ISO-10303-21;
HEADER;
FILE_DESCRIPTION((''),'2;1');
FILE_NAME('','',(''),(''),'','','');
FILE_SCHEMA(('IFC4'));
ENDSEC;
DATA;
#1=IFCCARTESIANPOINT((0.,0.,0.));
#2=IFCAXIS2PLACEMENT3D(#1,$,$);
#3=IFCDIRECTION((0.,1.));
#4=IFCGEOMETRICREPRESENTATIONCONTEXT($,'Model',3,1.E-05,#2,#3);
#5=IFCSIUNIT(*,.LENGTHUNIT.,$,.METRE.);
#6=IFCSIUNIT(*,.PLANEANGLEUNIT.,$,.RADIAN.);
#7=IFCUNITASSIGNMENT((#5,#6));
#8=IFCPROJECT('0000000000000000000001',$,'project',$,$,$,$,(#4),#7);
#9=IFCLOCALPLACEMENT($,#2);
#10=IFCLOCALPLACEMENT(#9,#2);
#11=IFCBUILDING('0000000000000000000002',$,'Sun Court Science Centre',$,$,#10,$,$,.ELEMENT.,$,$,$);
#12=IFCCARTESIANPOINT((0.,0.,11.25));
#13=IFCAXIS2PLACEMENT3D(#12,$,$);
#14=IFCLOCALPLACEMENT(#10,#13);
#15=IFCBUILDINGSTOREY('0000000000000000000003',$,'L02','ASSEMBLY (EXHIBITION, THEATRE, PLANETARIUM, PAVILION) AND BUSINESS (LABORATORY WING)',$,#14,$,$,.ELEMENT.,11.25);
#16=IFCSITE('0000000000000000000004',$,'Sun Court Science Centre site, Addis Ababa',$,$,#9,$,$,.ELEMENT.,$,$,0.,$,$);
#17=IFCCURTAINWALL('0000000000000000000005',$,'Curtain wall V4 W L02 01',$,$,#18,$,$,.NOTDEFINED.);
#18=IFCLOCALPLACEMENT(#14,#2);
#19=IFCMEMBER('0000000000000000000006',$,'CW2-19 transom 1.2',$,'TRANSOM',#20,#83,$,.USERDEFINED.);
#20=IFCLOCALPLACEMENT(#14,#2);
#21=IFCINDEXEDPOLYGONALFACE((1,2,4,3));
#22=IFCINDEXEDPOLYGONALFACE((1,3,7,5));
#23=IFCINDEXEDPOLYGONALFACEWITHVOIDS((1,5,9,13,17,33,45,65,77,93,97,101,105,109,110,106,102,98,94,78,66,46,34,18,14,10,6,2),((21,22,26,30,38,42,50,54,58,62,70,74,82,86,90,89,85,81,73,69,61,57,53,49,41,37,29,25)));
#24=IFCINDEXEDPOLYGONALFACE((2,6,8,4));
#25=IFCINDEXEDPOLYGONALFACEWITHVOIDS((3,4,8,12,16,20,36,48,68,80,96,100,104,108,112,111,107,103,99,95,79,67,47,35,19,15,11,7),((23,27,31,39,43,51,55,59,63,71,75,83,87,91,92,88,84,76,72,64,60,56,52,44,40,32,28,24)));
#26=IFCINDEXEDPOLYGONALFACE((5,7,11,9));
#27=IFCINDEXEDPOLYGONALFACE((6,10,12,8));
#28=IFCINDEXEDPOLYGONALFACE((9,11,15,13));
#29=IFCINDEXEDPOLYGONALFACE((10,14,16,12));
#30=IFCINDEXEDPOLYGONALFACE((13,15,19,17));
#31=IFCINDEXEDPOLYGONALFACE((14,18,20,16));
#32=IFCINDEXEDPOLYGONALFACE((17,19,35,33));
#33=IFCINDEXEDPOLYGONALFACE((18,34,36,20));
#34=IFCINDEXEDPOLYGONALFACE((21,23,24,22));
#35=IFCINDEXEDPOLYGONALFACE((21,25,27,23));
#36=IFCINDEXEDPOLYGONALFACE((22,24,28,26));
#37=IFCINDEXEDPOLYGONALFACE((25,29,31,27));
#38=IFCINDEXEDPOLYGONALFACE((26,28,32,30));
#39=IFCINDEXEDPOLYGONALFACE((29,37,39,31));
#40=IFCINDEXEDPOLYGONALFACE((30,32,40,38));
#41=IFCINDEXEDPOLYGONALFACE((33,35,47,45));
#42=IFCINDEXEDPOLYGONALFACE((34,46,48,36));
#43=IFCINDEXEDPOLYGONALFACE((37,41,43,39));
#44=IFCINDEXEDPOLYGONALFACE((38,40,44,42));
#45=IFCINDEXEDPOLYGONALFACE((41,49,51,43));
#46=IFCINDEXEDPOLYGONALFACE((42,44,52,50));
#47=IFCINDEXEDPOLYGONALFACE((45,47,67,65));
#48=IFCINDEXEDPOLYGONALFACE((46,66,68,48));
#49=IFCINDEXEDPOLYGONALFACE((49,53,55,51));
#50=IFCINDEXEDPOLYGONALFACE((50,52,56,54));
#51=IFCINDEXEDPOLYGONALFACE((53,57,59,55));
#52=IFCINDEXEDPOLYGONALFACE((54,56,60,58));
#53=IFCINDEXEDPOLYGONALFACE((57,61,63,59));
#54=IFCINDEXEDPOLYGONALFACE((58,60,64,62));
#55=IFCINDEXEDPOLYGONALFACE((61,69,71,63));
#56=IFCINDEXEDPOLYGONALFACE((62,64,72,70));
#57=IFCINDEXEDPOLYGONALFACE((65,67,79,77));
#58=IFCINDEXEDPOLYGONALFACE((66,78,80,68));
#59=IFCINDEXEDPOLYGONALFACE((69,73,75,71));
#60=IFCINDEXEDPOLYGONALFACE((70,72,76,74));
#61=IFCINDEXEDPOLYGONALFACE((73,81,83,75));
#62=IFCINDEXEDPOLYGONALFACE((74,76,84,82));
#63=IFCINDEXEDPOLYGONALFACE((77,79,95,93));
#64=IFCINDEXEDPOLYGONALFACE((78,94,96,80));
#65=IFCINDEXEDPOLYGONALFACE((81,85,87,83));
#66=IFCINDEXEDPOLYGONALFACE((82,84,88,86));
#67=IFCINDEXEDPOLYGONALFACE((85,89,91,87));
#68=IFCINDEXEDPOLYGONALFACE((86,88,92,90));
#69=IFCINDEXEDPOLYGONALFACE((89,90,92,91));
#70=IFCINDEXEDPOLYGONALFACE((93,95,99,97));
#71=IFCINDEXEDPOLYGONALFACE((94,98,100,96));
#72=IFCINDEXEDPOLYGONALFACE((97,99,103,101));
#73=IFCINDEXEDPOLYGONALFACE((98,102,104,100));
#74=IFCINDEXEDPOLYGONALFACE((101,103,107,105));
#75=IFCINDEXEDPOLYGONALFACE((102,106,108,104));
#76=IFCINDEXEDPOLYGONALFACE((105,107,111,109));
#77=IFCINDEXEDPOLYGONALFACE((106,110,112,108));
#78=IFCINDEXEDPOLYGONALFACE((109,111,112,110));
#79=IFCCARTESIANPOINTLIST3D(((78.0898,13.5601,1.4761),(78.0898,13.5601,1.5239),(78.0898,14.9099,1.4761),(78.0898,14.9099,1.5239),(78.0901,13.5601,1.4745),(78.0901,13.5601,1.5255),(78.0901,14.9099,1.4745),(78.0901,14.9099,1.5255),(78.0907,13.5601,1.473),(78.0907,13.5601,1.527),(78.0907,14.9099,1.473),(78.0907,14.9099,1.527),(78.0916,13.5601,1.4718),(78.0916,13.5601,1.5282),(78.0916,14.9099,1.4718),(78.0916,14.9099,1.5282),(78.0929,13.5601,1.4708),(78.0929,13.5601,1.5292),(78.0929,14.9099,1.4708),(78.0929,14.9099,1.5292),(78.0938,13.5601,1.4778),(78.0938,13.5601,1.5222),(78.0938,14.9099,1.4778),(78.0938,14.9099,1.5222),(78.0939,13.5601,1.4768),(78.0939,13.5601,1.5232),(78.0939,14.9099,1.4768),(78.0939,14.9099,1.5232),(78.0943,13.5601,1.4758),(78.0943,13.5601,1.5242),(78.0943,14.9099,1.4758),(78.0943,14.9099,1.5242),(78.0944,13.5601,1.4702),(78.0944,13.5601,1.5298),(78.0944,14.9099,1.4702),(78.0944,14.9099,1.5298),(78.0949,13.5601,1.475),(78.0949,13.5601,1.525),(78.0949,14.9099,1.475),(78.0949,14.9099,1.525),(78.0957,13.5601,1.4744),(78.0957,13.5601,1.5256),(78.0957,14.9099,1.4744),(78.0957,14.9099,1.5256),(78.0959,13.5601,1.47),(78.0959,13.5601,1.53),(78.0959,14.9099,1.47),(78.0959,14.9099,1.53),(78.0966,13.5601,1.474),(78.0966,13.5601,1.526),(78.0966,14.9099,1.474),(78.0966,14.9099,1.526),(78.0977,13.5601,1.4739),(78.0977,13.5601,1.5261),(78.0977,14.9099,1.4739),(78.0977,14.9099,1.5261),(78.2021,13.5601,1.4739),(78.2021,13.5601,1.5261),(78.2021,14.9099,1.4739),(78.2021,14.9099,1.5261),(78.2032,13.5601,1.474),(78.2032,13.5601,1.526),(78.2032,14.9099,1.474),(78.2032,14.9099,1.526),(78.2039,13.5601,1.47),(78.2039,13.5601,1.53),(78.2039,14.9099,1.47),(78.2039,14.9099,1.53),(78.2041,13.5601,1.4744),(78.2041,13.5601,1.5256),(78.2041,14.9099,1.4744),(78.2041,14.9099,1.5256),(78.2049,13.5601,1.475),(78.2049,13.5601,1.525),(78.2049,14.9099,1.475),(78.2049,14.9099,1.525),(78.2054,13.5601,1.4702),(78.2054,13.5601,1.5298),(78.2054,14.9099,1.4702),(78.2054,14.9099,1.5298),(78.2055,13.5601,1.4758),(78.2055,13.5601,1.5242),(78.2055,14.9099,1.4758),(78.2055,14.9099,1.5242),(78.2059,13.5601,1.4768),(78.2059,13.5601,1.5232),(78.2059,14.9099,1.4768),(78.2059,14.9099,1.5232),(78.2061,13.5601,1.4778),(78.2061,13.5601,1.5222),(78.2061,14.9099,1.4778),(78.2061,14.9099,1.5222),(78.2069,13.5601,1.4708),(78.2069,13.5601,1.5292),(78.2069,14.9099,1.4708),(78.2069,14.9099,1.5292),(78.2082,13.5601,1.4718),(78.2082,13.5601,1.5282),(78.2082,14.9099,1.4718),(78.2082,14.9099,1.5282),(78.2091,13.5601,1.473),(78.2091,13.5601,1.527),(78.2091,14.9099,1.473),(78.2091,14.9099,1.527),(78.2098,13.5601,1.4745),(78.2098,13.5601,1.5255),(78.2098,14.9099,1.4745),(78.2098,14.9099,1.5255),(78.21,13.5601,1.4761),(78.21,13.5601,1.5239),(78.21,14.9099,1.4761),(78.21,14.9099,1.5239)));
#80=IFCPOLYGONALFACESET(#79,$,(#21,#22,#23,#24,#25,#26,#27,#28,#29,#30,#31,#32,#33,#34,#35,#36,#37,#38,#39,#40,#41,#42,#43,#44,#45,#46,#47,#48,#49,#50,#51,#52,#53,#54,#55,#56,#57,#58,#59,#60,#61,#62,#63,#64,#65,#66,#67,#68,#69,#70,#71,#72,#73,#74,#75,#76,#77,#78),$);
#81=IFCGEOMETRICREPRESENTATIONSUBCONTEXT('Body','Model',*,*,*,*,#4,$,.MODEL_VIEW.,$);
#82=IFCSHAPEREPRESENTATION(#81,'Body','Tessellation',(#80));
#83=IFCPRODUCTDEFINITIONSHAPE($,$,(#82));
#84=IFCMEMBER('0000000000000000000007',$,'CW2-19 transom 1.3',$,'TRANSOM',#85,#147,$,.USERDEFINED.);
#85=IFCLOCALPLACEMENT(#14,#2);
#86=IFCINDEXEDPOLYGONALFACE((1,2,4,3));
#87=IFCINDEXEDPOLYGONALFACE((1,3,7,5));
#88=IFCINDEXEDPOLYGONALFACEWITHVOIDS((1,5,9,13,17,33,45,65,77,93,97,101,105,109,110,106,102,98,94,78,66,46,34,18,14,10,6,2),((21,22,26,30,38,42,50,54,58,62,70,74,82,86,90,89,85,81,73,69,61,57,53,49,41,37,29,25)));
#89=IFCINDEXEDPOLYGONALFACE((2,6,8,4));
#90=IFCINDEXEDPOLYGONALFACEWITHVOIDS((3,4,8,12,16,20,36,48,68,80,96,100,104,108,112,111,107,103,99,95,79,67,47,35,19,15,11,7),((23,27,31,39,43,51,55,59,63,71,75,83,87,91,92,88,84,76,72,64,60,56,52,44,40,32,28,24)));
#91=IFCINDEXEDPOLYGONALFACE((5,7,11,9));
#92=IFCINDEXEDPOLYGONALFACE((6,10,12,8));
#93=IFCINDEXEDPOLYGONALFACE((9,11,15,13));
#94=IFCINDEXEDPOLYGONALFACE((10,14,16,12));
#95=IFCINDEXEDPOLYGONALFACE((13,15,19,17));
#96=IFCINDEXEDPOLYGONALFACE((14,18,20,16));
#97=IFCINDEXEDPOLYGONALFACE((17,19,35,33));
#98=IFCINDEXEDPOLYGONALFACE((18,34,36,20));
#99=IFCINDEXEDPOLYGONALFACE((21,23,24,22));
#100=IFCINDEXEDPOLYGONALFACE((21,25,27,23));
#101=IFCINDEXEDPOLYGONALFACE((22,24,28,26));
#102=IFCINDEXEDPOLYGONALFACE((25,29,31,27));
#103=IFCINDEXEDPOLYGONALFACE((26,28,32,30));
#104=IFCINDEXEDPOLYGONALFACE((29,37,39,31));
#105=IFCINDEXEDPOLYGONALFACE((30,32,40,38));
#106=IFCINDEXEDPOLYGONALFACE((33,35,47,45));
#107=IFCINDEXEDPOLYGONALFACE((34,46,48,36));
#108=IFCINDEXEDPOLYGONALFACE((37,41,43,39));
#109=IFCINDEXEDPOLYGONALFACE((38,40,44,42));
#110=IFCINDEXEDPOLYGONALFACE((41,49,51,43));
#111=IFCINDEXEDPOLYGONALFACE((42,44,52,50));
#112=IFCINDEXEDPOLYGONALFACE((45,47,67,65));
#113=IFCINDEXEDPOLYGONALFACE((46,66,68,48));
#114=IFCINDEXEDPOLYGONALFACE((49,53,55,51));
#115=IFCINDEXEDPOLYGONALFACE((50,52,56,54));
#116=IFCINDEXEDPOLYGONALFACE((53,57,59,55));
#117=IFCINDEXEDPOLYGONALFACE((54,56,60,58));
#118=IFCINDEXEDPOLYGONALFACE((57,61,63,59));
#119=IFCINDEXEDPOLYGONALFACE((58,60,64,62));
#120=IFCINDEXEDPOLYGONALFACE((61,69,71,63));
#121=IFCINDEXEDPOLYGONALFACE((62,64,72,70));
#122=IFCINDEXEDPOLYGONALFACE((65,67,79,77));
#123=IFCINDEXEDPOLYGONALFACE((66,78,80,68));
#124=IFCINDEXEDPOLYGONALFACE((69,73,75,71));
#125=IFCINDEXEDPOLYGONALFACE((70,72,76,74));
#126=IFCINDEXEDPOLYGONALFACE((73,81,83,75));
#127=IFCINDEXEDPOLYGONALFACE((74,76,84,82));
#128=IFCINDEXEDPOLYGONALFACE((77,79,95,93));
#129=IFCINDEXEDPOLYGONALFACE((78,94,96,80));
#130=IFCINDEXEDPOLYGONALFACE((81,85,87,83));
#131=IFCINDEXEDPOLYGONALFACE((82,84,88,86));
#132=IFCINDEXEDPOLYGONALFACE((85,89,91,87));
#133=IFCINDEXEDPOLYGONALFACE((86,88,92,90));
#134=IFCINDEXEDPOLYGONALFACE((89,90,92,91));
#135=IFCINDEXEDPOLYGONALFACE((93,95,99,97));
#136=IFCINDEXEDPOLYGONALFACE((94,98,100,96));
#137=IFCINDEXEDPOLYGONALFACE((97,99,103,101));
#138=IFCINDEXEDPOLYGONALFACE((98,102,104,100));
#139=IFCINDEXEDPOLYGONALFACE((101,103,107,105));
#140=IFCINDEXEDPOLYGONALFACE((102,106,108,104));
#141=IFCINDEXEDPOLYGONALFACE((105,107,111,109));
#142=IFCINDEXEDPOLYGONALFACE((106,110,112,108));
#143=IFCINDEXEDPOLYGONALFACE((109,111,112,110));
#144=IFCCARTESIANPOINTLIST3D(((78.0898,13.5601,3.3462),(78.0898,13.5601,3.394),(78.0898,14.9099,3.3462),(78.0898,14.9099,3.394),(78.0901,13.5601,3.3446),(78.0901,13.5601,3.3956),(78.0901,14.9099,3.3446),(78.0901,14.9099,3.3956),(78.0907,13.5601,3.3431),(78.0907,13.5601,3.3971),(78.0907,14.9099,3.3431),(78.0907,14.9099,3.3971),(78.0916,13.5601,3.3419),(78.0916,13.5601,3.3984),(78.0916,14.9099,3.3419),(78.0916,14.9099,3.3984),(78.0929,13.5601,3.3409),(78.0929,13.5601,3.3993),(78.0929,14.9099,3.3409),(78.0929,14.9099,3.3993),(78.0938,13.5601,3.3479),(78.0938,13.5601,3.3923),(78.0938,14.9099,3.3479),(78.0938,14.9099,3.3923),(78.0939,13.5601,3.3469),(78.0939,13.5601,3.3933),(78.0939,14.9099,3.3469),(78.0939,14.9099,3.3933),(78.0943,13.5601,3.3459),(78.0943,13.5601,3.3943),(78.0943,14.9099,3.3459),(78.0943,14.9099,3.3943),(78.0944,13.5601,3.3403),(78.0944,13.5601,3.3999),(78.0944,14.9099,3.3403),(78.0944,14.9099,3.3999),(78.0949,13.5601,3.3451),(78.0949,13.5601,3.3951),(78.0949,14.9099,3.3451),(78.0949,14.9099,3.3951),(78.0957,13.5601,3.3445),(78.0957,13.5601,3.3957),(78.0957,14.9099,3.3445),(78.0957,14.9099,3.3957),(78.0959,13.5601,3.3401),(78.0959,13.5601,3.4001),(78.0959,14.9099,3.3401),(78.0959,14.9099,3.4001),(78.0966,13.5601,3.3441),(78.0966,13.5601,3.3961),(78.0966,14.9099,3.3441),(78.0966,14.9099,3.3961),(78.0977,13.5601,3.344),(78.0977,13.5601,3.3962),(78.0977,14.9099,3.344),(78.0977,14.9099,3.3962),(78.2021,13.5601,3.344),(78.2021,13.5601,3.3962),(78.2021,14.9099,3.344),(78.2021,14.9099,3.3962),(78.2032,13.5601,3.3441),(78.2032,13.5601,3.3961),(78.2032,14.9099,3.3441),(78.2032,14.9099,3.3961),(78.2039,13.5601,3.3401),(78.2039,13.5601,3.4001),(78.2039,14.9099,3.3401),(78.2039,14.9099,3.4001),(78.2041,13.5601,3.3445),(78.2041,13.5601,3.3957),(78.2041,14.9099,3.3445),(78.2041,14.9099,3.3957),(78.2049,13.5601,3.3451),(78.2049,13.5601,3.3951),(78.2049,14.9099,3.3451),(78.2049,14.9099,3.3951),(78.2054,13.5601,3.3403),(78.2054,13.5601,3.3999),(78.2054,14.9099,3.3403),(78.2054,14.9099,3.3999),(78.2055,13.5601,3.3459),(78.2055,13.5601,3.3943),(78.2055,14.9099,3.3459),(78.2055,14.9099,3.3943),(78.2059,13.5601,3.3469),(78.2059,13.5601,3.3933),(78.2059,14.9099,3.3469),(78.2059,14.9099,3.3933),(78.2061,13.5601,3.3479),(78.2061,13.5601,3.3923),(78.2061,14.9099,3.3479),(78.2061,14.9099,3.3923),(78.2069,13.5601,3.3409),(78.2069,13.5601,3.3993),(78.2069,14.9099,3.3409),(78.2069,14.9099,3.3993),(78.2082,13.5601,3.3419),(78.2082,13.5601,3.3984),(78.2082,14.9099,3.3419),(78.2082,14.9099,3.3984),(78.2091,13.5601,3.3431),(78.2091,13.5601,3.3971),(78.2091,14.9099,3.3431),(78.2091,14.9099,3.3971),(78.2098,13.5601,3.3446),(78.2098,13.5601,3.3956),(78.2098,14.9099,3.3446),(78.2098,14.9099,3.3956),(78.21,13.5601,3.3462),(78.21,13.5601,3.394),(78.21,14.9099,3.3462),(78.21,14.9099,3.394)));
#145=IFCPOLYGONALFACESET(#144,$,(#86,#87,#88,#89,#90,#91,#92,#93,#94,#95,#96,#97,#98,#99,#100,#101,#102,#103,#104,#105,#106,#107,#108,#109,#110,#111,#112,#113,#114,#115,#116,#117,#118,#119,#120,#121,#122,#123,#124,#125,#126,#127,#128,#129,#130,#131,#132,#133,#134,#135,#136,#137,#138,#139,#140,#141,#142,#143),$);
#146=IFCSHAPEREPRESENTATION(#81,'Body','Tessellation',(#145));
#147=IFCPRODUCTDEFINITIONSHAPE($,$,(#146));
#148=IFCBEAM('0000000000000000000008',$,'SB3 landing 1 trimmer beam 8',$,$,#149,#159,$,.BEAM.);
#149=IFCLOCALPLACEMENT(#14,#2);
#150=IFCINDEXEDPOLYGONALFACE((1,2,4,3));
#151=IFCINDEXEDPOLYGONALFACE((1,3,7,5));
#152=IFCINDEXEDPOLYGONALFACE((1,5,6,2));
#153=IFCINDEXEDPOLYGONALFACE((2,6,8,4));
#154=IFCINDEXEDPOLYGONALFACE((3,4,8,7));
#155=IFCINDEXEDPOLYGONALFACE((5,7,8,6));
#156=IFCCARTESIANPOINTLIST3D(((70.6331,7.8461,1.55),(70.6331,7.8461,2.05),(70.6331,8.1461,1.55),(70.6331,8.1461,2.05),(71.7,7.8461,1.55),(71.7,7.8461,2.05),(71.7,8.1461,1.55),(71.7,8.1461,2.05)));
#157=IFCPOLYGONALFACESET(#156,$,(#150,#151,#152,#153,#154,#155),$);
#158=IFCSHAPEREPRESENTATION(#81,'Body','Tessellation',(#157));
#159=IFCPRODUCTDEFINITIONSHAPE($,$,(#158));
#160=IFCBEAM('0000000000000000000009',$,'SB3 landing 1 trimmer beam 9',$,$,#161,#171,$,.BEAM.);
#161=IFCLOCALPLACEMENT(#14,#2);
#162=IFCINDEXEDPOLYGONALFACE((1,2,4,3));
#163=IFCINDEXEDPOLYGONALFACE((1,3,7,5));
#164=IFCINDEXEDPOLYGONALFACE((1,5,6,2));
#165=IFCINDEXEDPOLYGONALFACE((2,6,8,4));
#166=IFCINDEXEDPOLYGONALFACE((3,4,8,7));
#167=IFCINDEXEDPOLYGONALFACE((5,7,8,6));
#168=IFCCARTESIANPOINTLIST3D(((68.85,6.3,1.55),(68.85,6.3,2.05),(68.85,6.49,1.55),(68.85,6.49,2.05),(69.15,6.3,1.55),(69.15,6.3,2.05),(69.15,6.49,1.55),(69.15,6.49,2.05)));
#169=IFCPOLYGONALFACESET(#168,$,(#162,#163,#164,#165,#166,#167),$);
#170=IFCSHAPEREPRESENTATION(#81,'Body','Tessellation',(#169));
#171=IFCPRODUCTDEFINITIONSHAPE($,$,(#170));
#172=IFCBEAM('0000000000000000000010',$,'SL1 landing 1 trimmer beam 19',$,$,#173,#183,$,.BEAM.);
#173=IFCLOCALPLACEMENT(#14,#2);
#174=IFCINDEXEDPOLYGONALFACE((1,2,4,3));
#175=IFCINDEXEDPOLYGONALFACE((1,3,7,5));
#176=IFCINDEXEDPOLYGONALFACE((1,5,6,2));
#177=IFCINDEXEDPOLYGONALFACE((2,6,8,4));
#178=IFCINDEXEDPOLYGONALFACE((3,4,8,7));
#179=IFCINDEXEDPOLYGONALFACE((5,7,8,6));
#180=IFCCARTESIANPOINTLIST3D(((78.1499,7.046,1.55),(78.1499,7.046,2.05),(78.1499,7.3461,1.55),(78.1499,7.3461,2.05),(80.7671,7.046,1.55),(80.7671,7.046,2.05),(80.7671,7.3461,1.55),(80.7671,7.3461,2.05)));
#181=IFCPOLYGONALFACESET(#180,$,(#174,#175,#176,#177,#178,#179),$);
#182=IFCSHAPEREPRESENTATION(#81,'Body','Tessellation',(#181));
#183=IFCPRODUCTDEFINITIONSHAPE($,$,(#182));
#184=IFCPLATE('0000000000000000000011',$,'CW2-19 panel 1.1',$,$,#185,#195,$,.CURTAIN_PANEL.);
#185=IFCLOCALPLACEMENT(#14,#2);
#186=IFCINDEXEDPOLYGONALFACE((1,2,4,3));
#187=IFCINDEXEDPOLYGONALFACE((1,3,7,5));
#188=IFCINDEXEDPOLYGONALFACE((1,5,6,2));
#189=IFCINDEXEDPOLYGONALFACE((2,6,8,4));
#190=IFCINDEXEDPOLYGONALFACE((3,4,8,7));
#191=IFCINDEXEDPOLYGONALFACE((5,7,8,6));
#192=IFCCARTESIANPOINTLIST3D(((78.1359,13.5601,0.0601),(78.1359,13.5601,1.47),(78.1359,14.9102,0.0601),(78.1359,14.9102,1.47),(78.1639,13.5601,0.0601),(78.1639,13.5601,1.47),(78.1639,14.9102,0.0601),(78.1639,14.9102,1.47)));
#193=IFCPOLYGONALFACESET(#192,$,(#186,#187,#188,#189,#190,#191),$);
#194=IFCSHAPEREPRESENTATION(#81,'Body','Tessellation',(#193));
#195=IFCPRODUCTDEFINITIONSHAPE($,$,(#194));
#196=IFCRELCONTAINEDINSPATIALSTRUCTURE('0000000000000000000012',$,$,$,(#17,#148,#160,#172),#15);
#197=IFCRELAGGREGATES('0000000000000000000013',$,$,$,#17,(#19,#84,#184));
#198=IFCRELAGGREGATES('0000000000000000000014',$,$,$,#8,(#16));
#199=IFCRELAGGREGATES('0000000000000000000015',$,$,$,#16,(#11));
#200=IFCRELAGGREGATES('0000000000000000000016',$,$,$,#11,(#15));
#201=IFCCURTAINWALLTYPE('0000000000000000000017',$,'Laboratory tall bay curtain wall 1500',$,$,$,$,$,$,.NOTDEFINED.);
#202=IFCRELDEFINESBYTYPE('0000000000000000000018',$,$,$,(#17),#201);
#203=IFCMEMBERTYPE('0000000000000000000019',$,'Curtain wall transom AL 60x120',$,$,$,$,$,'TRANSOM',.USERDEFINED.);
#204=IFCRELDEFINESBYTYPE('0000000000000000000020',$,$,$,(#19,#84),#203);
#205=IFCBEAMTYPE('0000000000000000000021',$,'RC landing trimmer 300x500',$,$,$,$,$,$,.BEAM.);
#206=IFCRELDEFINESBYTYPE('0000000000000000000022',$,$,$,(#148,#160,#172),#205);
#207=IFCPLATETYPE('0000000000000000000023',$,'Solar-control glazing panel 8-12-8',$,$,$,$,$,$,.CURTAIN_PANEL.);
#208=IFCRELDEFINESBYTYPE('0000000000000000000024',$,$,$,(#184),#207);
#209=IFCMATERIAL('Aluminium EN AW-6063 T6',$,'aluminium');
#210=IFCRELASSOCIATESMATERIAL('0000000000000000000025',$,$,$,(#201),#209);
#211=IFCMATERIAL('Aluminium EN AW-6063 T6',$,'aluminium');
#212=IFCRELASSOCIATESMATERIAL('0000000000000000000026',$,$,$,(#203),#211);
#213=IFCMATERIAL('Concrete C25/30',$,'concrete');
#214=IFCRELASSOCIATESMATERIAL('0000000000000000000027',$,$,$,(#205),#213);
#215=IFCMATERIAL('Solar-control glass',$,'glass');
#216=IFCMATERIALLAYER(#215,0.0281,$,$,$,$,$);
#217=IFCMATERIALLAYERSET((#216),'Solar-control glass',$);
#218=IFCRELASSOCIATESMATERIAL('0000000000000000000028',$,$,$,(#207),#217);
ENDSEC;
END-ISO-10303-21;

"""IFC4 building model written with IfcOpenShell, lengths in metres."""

from ifc_helpers import new_model, si_unit, direction, frame, origin, origin_2d, place, context, subcontext, project, spatial, rectangle, hollow_rectangle, extrude, material, layer, layer_set, material_profile, profile_set, type_object, element, aggregate, save


model = new_model("IFC4")

# Units and contexts
model_context = context("Model", 3, precision=1e-05, world=origin(), true_north=direction((0.0, 1.0)))
body_context = subcontext(model_context, "Body", "Model", "MODEL_VIEW")
ifc_project = project(units=[si_unit("LENGTHUNIT", "METRE"), si_unit("PLANEANGLEUNIT", "RADIAN")], contexts=[model_context])

# Site, building, storey
site_placement = place(None, origin())
site = spatial("IfcSite", under=ifc_project, at=site_placement, Name="Sun Court Science Centre site, Addis Ababa", CompositionType="ELEMENT", RefElevation=0.0)
building_placement = place(site_placement, origin())
building = spatial("IfcBuilding", under=site, at=building_placement, Name="Sun Court Science Centre", CompositionType="ELEMENT")
storey_placement = place(building_placement, frame((0.0, 0.0, 11.25)))
storey = spatial("IfcBuildingStorey", under=building, at=storey_placement, Name="L02", Description="ASSEMBLY (EXHIBITION, THEATRE, PLANETARIUM, PAVILION) AND BUSINESS (LABORATORY WING)", CompositionType="ELEMENT", Elevation=11.25)

# Curtain wall, members
ifc_material_1 = material(Name="Aluminium EN AW-6063 T6", Category="aluminium")
curtain_wall_type = type_object("IfcCurtainWallType", Name="Laboratory tall bay curtain wall 1500", PredefinedType="NOTDEFINED", material=ifc_material_1)
curtain_wall_placement = place(storey_placement, origin())
curtain_wall = element("IfcCurtainWall", 1, at=curtain_wall_placement, inside=storey, type_object=curtain_wall_type, Name="Curtain wall V4 W L02 01", PredefinedType="NOTDEFINED")
ifc_material_2 = material(Name="Aluminium EN AW-6063 T6", Category="aluminium")
ifc_material_profile_1 = material_profile(ifc_material_2, hollow_rectangle(XDim=0.0601, YDim=0.1201, WallThickness=0.0039, InnerFilletRadius=0.0039, OuterFilletRadius=0.0061, at=origin_2d()), Name="AL 60x120x4")
ifc_profile_set_1 = profile_set([ifc_material_profile_1], Name="Aluminium EN AW-6063 T6")
member_type_1 = type_object("IfcMemberType", Name="Curtain wall transom AL 60x120", ElementType="TRANSOM", PredefinedType="USERDEFINED", material=ifc_profile_set_1)
member_1_placement = place(storey_placement, frame((78.1499, 13.5601, 1.5), z_axis=(0.0, 1.0, 0.0), x_axis=(0.0, 0.0, 1.0)))
member_1 = element("IfcMember", 2, at=member_1_placement, type_object=member_type_1, Name="CW2-19 transom 1.2", ObjectType="TRANSOM", PredefinedType="USERDEFINED", context=body_context, shape_type="SweptSolid", body=[
    extrude(hollow_rectangle(XDim=0.0601, YDim=0.1201, WallThickness=0.0039, InnerFilletRadius=0.0039, OuterFilletRadius=0.0061, at=origin_2d()), origin(), (0.0, 0.0, 1.0), 1.3499),
])
member_2_placement = place(storey_placement, frame((78.1499, 13.5601, 3.3701), z_axis=(0.0, 1.0, 0.0), x_axis=(0.0, 0.0, 1.0)))
member_2 = element("IfcMember", 3, at=member_2_placement, type_object=member_type_1, Name="CW2-19 transom 1.3", ObjectType="TRANSOM", PredefinedType="USERDEFINED", context=body_context, shape_type="SweptSolid", body=[
    extrude(hollow_rectangle(XDim=0.0601, YDim=0.1201, WallThickness=0.0039, InnerFilletRadius=0.0039, OuterFilletRadius=0.0061, at=origin_2d()), origin(), (0.0, 0.0, 1.0), 1.3499),
])

# Beams
ifc_material_3 = material(Name="Concrete C25/30", Category="concrete")
ifc_material_profile_2 = material_profile(ifc_material_3, rectangle(XDim=0.3, YDim=0.5, at=origin_2d()), Name="RC 300x500")
ifc_profile_set_2 = profile_set([ifc_material_profile_2], Name="Concrete C25/30")
beam_type = type_object("IfcBeamType", Name="RC landing trimmer 300x500", PredefinedType="BEAM", material=ifc_profile_set_2)
beam_1_placement = place(storey_placement, frame((71.7, 7.9961, 1.8), z_axis=(-1.0, 0.0, 0.0), x_axis=(0.0, -1.0, 0.0)))
element("IfcBeam", 4, at=beam_1_placement, inside=storey, type_object=beam_type, Name="SB3 landing 1 trimmer beam 8", PredefinedType="BEAM", context=body_context, shape_type="SweptSolid", body=[
    extrude(rectangle(XDim=0.3, YDim=0.5, at=origin_2d()), origin(), (0.0, 0.0, 1.0), 1.0669),
])
beam_2_placement = place(storey_placement, frame((69.0, 6.3, 1.8), z_axis=(0.0, 1.0, 0.0), x_axis=(-1.0, 0.0, 0.0)))
element("IfcBeam", 5, at=beam_2_placement, inside=storey, type_object=beam_type, Name="SB3 landing 1 trimmer beam 9", PredefinedType="BEAM", context=body_context, shape_type="SweptSolid", body=[
    extrude(rectangle(XDim=0.3, YDim=0.5, at=origin_2d()), origin(), (0.0, 0.0, 1.0), 0.1899),
])
beam_3_placement = place(storey_placement, frame((78.1499, 7.196, 1.8), z_axis=(1.0, 0.0, 0.0), x_axis=(0.0, 1.0, 0.0)))
element("IfcBeam", 6, at=beam_3_placement, inside=storey, type_object=beam_type, Name="SL1 landing 1 trimmer beam 19", PredefinedType="BEAM", context=body_context, shape_type="SweptSolid", body=[
    extrude(rectangle(XDim=0.3, YDim=0.5, at=origin_2d()), origin(), (0.0, 0.0, 1.0), 2.6172),
])

# Plate
ifc_material_4 = material(Name="Solar-control glass", Category="glass")
ifc_layer_1 = layer(ifc_material_4, 0.0281)
ifc_layer_set_1 = layer_set([ifc_layer_1], Name="Solar-control glass")
plate_type = type_object("IfcPlateType", Name="Solar-control glazing panel 8-12-8", PredefinedType="CURTAIN_PANEL", material=ifc_layer_set_1)
plate_1_placement = place(storey_placement, frame((78.1499, 14.2351, 0.0601), z_axis=(0.0, 0.0, 1.0), x_axis=(0.0, 1.0, 0.0)))
plate_1 = element("IfcPlate", 7, at=plate_1_placement, type_object=plate_type, Name="CW2-19 panel 1.1", PredefinedType="CURTAIN_PANEL", context=body_context, shape_type="SweptSolid", body=[
    extrude(rectangle(XDim=1.3501, YDim=0.0281, at=origin_2d()), origin(), (0.0, 0.0, 1.0), 1.4099),
])
aggregate(curtain_wall, [member_1, member_2, plate_1])

save(model, "model.ifc")
